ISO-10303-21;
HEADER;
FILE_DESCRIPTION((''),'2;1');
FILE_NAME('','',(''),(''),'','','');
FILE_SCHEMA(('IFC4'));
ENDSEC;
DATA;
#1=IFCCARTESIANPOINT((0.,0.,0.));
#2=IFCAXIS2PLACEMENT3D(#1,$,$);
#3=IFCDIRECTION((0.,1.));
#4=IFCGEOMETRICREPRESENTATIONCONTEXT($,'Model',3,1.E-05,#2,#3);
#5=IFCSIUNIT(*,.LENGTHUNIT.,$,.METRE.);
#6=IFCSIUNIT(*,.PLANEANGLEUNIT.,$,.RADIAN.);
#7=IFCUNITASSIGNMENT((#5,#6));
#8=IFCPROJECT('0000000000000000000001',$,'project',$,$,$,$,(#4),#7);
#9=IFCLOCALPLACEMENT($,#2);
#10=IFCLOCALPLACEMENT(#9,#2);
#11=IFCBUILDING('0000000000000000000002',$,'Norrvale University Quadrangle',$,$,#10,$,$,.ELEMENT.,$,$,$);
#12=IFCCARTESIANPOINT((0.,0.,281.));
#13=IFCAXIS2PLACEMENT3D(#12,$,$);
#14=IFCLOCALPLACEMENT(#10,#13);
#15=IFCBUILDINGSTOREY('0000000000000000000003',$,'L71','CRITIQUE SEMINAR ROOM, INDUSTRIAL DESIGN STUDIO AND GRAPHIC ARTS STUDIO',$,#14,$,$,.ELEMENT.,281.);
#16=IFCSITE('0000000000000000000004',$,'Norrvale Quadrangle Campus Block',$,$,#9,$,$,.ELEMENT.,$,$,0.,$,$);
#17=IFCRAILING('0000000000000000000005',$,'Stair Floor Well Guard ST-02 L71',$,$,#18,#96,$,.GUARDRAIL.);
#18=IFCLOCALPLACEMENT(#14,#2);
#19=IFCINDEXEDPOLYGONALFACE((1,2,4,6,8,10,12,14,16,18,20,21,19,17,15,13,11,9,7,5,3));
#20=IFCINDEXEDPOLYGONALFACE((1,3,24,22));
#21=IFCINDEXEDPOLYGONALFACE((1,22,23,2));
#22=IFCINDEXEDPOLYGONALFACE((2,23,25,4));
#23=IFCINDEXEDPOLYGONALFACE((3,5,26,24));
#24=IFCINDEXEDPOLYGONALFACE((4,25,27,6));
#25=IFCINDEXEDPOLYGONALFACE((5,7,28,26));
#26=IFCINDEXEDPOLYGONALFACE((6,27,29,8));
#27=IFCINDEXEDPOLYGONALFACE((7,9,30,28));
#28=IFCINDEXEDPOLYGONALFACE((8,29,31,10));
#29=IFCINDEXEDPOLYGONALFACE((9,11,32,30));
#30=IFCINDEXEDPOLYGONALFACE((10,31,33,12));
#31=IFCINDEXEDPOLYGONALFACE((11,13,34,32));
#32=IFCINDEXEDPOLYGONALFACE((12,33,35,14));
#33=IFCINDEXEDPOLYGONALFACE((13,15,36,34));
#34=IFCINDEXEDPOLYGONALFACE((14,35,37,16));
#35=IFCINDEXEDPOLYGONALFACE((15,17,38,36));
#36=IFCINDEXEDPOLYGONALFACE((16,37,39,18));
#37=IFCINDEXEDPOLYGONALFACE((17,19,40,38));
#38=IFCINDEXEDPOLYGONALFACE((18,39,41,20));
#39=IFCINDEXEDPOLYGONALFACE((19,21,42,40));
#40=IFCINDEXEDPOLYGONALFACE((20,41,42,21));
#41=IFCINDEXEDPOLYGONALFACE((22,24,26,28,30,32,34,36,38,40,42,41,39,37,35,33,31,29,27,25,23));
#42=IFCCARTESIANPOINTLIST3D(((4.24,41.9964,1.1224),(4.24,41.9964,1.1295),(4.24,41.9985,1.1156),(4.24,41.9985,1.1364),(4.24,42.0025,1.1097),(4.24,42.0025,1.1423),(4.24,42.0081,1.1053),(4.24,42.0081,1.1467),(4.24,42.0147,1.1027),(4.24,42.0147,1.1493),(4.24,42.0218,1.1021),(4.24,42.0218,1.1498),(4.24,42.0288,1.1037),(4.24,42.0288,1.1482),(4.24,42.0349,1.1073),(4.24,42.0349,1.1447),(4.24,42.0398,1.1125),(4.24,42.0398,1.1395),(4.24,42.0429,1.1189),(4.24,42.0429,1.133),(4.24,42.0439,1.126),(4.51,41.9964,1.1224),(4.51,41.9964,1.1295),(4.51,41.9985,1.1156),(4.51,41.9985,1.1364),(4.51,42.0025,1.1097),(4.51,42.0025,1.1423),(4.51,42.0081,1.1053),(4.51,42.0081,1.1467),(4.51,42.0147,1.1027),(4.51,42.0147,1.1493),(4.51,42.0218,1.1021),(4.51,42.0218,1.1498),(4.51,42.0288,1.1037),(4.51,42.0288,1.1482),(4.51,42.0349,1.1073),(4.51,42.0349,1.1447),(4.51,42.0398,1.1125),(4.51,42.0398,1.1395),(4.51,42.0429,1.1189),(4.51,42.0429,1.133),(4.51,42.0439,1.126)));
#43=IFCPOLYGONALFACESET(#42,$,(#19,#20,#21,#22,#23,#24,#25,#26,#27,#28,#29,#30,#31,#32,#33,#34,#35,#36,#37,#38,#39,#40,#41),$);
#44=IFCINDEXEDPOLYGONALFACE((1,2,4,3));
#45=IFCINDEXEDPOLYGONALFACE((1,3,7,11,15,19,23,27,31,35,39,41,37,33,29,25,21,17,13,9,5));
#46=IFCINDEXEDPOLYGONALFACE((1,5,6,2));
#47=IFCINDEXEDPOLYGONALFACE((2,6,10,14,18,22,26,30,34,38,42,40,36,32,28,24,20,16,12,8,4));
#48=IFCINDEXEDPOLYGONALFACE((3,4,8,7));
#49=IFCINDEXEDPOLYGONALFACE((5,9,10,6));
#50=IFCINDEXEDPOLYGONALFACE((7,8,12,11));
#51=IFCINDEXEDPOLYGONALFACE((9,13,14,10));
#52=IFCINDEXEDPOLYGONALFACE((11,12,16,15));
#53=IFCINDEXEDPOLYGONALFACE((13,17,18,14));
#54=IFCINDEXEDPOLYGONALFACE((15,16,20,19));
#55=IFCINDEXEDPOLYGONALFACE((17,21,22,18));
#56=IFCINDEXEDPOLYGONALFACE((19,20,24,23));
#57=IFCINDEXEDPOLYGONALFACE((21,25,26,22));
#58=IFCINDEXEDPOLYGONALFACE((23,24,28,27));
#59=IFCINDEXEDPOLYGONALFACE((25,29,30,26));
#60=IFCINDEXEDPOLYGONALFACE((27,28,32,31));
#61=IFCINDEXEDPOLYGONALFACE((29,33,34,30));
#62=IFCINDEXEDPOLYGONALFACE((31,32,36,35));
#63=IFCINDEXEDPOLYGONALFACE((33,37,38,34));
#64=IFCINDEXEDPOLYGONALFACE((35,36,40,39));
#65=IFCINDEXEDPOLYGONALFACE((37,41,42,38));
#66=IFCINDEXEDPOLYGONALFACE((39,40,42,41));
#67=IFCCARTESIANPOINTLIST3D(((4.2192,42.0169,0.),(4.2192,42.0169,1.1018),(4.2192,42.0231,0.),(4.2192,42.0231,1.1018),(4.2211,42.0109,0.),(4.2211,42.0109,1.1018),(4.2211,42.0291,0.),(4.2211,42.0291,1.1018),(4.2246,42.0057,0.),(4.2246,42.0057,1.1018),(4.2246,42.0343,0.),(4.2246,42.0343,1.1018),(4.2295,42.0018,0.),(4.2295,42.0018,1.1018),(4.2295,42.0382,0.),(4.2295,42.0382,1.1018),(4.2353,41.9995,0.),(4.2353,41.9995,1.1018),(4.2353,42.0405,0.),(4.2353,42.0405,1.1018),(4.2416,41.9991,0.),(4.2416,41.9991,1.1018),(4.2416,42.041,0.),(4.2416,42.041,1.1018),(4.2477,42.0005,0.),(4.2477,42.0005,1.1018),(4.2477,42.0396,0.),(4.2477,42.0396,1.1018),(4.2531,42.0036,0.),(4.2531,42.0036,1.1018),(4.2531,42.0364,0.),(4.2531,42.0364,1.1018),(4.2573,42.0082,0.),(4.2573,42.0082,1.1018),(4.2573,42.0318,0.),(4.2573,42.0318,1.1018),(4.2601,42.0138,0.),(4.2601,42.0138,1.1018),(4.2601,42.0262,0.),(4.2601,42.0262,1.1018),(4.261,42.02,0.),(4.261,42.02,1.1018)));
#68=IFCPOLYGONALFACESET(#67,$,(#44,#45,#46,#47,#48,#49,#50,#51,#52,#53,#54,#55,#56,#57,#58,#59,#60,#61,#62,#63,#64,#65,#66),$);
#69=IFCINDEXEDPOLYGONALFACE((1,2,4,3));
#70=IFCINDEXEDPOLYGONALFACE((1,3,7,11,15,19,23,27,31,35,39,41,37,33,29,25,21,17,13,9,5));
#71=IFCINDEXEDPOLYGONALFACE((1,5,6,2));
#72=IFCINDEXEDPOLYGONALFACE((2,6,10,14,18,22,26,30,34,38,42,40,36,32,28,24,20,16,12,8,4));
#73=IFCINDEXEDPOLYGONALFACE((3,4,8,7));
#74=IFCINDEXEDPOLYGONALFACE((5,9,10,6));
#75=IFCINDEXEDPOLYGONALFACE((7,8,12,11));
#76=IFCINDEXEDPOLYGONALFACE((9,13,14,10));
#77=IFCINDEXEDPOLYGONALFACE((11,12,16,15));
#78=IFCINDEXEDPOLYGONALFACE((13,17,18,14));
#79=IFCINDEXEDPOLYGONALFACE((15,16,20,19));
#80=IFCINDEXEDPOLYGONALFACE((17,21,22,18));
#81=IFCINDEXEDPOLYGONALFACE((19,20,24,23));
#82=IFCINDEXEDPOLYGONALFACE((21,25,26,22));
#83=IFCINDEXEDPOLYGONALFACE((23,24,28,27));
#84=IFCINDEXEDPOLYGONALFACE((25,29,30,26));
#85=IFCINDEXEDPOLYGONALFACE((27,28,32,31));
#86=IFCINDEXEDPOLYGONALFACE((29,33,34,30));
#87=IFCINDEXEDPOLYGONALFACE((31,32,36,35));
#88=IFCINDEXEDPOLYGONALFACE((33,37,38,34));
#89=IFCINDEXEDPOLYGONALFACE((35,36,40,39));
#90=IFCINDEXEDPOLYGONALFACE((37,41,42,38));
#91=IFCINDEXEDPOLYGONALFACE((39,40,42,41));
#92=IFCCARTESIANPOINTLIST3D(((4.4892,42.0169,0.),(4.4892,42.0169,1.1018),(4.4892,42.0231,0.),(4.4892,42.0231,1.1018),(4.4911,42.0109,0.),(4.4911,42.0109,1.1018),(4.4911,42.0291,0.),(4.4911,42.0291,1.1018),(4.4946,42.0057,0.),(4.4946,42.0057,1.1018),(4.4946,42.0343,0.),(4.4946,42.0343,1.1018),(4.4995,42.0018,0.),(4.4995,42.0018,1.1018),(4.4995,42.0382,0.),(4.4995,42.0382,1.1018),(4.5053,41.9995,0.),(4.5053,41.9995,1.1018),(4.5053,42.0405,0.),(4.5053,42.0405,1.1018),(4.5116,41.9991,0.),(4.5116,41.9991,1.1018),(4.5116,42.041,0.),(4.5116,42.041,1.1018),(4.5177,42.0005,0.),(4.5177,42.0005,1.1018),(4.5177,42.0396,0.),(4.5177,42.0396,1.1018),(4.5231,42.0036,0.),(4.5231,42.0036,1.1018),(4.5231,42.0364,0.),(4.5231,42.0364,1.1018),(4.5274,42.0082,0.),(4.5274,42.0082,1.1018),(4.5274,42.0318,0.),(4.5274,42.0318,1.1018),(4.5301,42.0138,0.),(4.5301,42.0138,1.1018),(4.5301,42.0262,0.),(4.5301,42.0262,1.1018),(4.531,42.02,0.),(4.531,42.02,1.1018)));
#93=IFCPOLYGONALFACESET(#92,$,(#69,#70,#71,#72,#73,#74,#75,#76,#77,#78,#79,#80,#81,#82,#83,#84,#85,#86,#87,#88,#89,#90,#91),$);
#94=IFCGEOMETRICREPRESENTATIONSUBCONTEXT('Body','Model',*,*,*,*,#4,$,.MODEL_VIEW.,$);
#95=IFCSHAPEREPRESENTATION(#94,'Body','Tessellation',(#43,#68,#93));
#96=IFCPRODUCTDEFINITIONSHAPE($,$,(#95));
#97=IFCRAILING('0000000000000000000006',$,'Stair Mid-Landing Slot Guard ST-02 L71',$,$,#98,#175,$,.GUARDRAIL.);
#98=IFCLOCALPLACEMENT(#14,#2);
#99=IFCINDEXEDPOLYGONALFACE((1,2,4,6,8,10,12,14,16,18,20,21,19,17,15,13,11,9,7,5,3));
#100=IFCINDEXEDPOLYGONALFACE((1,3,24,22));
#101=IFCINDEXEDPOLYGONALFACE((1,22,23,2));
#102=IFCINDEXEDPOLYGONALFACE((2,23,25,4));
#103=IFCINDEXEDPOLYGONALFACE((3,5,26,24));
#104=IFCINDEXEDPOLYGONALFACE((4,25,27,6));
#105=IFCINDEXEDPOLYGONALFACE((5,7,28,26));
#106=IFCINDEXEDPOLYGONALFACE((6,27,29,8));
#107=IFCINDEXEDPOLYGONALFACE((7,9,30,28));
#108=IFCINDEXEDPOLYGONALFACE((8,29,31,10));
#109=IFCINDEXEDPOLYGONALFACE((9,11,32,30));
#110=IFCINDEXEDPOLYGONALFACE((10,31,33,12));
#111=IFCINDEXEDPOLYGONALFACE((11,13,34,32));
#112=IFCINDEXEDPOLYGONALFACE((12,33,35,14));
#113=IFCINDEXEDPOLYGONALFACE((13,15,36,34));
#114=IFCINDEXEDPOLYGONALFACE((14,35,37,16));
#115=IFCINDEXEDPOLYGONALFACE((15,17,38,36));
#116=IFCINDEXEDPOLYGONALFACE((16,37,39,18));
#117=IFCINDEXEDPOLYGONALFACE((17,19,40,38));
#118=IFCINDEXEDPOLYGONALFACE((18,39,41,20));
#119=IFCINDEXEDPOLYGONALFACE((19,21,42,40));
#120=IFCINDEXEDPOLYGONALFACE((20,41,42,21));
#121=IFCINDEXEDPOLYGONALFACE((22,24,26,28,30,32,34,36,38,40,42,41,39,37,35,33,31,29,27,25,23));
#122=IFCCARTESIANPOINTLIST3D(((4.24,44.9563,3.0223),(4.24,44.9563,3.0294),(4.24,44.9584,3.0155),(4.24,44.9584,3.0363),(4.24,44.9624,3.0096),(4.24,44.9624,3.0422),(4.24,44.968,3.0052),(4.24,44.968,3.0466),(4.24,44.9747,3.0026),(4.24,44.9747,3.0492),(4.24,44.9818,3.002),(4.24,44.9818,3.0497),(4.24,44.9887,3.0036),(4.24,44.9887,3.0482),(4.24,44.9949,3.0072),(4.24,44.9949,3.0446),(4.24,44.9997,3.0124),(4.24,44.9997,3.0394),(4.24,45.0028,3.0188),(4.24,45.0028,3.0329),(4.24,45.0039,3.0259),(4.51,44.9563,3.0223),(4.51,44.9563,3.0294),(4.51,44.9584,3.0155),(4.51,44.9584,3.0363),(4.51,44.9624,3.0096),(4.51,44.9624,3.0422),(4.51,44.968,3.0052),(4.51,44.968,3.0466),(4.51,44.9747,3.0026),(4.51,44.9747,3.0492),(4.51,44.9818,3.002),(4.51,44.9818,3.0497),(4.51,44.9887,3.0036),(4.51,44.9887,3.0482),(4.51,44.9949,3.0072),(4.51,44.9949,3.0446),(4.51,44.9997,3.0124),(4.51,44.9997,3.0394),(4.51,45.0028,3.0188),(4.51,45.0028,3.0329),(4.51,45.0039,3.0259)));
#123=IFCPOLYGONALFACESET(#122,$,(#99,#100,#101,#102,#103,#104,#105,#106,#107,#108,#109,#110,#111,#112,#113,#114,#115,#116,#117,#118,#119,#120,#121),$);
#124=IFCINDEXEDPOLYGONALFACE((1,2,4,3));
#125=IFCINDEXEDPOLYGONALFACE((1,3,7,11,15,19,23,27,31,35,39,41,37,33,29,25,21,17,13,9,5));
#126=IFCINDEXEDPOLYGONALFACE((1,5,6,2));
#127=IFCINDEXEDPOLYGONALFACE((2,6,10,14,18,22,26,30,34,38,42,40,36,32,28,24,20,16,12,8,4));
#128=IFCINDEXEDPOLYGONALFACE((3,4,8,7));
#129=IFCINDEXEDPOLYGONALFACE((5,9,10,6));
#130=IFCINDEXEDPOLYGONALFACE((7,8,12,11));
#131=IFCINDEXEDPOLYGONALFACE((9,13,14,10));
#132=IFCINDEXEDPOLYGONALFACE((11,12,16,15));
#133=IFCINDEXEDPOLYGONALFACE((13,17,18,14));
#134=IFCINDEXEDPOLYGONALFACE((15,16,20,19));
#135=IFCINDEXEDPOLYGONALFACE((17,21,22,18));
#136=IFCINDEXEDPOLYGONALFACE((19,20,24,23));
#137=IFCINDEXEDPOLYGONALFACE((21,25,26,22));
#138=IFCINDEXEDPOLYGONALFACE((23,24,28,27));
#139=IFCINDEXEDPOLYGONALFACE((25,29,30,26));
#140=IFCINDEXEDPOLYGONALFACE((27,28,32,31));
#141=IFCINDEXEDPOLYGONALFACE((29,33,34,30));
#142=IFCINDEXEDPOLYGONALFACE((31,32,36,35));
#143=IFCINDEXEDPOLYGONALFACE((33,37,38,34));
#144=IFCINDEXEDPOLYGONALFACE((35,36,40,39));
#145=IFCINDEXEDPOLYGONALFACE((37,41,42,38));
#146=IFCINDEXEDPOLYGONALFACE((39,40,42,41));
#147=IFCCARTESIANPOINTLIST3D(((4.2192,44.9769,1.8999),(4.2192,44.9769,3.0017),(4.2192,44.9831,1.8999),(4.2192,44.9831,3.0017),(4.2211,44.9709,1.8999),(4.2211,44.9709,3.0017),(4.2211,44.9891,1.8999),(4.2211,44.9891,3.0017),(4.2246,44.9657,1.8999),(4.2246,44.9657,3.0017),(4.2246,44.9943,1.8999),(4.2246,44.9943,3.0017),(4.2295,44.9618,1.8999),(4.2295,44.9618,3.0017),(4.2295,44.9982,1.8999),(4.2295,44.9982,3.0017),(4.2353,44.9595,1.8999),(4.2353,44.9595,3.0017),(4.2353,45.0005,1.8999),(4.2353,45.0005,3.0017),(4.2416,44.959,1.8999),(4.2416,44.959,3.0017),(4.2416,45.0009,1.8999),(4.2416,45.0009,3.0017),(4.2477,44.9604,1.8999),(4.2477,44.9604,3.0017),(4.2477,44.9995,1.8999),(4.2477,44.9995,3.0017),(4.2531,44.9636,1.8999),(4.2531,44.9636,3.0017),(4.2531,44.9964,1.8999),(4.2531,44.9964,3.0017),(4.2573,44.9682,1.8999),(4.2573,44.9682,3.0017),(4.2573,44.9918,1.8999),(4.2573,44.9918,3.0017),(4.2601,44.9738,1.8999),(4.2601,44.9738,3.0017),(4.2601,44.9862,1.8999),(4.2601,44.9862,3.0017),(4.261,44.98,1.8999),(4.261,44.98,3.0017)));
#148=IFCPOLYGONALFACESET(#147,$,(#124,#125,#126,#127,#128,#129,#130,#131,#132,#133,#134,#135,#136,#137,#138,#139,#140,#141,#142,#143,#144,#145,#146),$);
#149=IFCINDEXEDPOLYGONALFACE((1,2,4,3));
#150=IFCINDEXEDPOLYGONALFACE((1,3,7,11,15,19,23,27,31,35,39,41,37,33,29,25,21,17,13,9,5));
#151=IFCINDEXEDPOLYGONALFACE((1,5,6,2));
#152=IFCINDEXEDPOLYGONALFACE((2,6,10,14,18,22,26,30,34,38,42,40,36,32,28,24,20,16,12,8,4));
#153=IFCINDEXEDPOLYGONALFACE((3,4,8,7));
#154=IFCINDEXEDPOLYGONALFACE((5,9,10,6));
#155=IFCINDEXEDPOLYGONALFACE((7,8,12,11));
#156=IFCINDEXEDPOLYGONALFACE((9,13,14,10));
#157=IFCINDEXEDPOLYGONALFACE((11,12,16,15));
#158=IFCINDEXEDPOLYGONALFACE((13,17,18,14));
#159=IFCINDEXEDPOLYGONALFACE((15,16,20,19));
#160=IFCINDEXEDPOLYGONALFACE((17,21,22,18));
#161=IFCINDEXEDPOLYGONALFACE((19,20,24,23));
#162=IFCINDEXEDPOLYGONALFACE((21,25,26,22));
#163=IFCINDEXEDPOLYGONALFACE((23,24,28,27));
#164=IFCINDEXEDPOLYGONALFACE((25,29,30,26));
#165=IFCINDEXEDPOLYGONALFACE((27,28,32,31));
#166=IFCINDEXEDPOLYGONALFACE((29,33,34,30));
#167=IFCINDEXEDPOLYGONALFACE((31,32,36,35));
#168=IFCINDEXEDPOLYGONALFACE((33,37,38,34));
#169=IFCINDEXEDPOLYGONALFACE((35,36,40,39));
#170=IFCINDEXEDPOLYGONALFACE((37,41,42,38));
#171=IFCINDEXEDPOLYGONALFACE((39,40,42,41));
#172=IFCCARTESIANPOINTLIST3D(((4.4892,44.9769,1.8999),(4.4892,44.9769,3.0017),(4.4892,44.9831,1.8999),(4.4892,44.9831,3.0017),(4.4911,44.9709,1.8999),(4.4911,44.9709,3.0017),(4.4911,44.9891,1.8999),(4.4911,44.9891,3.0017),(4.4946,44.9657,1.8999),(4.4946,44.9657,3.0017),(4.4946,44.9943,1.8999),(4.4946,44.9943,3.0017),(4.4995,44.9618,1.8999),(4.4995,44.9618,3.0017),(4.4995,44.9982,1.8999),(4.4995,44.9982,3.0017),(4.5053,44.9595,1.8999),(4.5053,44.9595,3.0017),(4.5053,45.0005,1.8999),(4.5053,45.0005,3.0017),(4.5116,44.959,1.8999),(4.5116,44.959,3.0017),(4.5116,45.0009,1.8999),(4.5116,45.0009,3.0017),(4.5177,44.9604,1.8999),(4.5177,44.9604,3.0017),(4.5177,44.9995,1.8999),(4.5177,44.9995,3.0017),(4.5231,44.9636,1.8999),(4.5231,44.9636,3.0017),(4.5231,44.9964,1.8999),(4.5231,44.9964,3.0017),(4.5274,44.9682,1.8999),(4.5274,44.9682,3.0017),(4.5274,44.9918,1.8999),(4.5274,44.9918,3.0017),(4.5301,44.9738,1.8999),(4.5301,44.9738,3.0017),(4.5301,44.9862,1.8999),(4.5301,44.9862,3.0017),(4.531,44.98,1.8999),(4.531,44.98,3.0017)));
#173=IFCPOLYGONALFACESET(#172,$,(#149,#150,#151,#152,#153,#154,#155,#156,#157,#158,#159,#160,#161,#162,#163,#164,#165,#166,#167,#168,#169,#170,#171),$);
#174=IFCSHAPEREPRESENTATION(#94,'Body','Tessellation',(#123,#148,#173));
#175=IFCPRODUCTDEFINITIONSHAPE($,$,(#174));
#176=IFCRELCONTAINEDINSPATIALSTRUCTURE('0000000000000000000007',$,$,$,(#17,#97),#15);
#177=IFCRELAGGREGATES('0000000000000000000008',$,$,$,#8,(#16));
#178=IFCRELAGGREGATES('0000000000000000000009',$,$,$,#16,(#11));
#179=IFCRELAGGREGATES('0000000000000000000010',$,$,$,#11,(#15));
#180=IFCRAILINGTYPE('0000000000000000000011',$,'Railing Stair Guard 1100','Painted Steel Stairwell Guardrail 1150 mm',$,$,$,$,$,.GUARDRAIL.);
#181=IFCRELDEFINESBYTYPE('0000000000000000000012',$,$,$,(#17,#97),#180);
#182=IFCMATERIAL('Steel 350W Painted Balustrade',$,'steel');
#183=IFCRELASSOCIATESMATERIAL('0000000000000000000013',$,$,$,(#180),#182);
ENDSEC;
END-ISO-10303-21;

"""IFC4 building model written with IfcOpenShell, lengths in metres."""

from ifc_helpers import new_model, si_unit, direction, frame, origin, origin_2d, place, context, subcontext, project, spatial, circle, extrude, material, type_object, element, save


model = new_model("IFC4")

# Units and contexts
model_context = context("Model", 3, precision=1e-05, world=origin(), true_north=direction((0.0, 1.0)))
body_context = subcontext(model_context, "Body", "Model", "MODEL_VIEW")
ifc_project = project(units=[si_unit("LENGTHUNIT", "METRE"), si_unit("PLANEANGLEUNIT", "RADIAN")], contexts=[model_context])

# Site, building, storey
site_placement = place(None, origin())
site = spatial("IfcSite", under=ifc_project, at=site_placement, Name="Norrvale Quadrangle Campus Block", CompositionType="ELEMENT", RefElevation=0.0)
building_placement = place(site_placement, origin())
building = spatial("IfcBuilding", under=site, at=building_placement, Name="Norrvale University Quadrangle", CompositionType="ELEMENT")
storey_placement = place(building_placement, frame((0.0, 0.0, 281.0)))
storey = spatial("IfcBuildingStorey", under=building, at=storey_placement, Name="L71", Description="CRITIQUE SEMINAR ROOM, INDUSTRIAL DESIGN STUDIO AND GRAPHIC ARTS STUDIO", CompositionType="ELEMENT", Elevation=281.0)

# Railings
ifc_material_1 = material(Name="Steel 350W Painted Balustrade", Category="steel")
railing_type_1 = type_object("IfcRailingType", Name="Railing Stair Guard 1100", Description="Painted Steel Stairwell Guardrail 1150 mm", PredefinedType="GUARDRAIL", material=ifc_material_1)
for number, where, name in (
    (1, (4.24, 42.02, 0.0), "Stair Floor Well Guard ST-02 L71"),
    (2, (4.24, 44.98, 1.8999), "Stair Mid-Landing Slot Guard ST-02 L71"),
):
    element("IfcRailing", number, at=place(storey_placement, frame(where)), inside=storey, type_object=railing_type_1, Name=name, PredefinedType="GUARDRAIL", context=body_context, shape_type="SweptSolid", body=[
        extrude(circle(Radius=0.0239, at=origin_2d()), frame((0.0, 0.0, 1.126), z_axis=(1.0, 0.0, 0.0), x_axis=(0.0, 1.0, 0.0)), (0.0, 0.0, 1.0), 0.27),
        extrude(circle(Radius=0.021, at=origin_2d()), origin(), (0.0, 0.0, 1.0), 1.1018),
        extrude(circle(Radius=0.021, at=origin_2d()), frame((0.27, 0.0, 0.0)), (0.0, 0.0, 1.0), 1.1018),
    ])

save(model, "model.ifc")
